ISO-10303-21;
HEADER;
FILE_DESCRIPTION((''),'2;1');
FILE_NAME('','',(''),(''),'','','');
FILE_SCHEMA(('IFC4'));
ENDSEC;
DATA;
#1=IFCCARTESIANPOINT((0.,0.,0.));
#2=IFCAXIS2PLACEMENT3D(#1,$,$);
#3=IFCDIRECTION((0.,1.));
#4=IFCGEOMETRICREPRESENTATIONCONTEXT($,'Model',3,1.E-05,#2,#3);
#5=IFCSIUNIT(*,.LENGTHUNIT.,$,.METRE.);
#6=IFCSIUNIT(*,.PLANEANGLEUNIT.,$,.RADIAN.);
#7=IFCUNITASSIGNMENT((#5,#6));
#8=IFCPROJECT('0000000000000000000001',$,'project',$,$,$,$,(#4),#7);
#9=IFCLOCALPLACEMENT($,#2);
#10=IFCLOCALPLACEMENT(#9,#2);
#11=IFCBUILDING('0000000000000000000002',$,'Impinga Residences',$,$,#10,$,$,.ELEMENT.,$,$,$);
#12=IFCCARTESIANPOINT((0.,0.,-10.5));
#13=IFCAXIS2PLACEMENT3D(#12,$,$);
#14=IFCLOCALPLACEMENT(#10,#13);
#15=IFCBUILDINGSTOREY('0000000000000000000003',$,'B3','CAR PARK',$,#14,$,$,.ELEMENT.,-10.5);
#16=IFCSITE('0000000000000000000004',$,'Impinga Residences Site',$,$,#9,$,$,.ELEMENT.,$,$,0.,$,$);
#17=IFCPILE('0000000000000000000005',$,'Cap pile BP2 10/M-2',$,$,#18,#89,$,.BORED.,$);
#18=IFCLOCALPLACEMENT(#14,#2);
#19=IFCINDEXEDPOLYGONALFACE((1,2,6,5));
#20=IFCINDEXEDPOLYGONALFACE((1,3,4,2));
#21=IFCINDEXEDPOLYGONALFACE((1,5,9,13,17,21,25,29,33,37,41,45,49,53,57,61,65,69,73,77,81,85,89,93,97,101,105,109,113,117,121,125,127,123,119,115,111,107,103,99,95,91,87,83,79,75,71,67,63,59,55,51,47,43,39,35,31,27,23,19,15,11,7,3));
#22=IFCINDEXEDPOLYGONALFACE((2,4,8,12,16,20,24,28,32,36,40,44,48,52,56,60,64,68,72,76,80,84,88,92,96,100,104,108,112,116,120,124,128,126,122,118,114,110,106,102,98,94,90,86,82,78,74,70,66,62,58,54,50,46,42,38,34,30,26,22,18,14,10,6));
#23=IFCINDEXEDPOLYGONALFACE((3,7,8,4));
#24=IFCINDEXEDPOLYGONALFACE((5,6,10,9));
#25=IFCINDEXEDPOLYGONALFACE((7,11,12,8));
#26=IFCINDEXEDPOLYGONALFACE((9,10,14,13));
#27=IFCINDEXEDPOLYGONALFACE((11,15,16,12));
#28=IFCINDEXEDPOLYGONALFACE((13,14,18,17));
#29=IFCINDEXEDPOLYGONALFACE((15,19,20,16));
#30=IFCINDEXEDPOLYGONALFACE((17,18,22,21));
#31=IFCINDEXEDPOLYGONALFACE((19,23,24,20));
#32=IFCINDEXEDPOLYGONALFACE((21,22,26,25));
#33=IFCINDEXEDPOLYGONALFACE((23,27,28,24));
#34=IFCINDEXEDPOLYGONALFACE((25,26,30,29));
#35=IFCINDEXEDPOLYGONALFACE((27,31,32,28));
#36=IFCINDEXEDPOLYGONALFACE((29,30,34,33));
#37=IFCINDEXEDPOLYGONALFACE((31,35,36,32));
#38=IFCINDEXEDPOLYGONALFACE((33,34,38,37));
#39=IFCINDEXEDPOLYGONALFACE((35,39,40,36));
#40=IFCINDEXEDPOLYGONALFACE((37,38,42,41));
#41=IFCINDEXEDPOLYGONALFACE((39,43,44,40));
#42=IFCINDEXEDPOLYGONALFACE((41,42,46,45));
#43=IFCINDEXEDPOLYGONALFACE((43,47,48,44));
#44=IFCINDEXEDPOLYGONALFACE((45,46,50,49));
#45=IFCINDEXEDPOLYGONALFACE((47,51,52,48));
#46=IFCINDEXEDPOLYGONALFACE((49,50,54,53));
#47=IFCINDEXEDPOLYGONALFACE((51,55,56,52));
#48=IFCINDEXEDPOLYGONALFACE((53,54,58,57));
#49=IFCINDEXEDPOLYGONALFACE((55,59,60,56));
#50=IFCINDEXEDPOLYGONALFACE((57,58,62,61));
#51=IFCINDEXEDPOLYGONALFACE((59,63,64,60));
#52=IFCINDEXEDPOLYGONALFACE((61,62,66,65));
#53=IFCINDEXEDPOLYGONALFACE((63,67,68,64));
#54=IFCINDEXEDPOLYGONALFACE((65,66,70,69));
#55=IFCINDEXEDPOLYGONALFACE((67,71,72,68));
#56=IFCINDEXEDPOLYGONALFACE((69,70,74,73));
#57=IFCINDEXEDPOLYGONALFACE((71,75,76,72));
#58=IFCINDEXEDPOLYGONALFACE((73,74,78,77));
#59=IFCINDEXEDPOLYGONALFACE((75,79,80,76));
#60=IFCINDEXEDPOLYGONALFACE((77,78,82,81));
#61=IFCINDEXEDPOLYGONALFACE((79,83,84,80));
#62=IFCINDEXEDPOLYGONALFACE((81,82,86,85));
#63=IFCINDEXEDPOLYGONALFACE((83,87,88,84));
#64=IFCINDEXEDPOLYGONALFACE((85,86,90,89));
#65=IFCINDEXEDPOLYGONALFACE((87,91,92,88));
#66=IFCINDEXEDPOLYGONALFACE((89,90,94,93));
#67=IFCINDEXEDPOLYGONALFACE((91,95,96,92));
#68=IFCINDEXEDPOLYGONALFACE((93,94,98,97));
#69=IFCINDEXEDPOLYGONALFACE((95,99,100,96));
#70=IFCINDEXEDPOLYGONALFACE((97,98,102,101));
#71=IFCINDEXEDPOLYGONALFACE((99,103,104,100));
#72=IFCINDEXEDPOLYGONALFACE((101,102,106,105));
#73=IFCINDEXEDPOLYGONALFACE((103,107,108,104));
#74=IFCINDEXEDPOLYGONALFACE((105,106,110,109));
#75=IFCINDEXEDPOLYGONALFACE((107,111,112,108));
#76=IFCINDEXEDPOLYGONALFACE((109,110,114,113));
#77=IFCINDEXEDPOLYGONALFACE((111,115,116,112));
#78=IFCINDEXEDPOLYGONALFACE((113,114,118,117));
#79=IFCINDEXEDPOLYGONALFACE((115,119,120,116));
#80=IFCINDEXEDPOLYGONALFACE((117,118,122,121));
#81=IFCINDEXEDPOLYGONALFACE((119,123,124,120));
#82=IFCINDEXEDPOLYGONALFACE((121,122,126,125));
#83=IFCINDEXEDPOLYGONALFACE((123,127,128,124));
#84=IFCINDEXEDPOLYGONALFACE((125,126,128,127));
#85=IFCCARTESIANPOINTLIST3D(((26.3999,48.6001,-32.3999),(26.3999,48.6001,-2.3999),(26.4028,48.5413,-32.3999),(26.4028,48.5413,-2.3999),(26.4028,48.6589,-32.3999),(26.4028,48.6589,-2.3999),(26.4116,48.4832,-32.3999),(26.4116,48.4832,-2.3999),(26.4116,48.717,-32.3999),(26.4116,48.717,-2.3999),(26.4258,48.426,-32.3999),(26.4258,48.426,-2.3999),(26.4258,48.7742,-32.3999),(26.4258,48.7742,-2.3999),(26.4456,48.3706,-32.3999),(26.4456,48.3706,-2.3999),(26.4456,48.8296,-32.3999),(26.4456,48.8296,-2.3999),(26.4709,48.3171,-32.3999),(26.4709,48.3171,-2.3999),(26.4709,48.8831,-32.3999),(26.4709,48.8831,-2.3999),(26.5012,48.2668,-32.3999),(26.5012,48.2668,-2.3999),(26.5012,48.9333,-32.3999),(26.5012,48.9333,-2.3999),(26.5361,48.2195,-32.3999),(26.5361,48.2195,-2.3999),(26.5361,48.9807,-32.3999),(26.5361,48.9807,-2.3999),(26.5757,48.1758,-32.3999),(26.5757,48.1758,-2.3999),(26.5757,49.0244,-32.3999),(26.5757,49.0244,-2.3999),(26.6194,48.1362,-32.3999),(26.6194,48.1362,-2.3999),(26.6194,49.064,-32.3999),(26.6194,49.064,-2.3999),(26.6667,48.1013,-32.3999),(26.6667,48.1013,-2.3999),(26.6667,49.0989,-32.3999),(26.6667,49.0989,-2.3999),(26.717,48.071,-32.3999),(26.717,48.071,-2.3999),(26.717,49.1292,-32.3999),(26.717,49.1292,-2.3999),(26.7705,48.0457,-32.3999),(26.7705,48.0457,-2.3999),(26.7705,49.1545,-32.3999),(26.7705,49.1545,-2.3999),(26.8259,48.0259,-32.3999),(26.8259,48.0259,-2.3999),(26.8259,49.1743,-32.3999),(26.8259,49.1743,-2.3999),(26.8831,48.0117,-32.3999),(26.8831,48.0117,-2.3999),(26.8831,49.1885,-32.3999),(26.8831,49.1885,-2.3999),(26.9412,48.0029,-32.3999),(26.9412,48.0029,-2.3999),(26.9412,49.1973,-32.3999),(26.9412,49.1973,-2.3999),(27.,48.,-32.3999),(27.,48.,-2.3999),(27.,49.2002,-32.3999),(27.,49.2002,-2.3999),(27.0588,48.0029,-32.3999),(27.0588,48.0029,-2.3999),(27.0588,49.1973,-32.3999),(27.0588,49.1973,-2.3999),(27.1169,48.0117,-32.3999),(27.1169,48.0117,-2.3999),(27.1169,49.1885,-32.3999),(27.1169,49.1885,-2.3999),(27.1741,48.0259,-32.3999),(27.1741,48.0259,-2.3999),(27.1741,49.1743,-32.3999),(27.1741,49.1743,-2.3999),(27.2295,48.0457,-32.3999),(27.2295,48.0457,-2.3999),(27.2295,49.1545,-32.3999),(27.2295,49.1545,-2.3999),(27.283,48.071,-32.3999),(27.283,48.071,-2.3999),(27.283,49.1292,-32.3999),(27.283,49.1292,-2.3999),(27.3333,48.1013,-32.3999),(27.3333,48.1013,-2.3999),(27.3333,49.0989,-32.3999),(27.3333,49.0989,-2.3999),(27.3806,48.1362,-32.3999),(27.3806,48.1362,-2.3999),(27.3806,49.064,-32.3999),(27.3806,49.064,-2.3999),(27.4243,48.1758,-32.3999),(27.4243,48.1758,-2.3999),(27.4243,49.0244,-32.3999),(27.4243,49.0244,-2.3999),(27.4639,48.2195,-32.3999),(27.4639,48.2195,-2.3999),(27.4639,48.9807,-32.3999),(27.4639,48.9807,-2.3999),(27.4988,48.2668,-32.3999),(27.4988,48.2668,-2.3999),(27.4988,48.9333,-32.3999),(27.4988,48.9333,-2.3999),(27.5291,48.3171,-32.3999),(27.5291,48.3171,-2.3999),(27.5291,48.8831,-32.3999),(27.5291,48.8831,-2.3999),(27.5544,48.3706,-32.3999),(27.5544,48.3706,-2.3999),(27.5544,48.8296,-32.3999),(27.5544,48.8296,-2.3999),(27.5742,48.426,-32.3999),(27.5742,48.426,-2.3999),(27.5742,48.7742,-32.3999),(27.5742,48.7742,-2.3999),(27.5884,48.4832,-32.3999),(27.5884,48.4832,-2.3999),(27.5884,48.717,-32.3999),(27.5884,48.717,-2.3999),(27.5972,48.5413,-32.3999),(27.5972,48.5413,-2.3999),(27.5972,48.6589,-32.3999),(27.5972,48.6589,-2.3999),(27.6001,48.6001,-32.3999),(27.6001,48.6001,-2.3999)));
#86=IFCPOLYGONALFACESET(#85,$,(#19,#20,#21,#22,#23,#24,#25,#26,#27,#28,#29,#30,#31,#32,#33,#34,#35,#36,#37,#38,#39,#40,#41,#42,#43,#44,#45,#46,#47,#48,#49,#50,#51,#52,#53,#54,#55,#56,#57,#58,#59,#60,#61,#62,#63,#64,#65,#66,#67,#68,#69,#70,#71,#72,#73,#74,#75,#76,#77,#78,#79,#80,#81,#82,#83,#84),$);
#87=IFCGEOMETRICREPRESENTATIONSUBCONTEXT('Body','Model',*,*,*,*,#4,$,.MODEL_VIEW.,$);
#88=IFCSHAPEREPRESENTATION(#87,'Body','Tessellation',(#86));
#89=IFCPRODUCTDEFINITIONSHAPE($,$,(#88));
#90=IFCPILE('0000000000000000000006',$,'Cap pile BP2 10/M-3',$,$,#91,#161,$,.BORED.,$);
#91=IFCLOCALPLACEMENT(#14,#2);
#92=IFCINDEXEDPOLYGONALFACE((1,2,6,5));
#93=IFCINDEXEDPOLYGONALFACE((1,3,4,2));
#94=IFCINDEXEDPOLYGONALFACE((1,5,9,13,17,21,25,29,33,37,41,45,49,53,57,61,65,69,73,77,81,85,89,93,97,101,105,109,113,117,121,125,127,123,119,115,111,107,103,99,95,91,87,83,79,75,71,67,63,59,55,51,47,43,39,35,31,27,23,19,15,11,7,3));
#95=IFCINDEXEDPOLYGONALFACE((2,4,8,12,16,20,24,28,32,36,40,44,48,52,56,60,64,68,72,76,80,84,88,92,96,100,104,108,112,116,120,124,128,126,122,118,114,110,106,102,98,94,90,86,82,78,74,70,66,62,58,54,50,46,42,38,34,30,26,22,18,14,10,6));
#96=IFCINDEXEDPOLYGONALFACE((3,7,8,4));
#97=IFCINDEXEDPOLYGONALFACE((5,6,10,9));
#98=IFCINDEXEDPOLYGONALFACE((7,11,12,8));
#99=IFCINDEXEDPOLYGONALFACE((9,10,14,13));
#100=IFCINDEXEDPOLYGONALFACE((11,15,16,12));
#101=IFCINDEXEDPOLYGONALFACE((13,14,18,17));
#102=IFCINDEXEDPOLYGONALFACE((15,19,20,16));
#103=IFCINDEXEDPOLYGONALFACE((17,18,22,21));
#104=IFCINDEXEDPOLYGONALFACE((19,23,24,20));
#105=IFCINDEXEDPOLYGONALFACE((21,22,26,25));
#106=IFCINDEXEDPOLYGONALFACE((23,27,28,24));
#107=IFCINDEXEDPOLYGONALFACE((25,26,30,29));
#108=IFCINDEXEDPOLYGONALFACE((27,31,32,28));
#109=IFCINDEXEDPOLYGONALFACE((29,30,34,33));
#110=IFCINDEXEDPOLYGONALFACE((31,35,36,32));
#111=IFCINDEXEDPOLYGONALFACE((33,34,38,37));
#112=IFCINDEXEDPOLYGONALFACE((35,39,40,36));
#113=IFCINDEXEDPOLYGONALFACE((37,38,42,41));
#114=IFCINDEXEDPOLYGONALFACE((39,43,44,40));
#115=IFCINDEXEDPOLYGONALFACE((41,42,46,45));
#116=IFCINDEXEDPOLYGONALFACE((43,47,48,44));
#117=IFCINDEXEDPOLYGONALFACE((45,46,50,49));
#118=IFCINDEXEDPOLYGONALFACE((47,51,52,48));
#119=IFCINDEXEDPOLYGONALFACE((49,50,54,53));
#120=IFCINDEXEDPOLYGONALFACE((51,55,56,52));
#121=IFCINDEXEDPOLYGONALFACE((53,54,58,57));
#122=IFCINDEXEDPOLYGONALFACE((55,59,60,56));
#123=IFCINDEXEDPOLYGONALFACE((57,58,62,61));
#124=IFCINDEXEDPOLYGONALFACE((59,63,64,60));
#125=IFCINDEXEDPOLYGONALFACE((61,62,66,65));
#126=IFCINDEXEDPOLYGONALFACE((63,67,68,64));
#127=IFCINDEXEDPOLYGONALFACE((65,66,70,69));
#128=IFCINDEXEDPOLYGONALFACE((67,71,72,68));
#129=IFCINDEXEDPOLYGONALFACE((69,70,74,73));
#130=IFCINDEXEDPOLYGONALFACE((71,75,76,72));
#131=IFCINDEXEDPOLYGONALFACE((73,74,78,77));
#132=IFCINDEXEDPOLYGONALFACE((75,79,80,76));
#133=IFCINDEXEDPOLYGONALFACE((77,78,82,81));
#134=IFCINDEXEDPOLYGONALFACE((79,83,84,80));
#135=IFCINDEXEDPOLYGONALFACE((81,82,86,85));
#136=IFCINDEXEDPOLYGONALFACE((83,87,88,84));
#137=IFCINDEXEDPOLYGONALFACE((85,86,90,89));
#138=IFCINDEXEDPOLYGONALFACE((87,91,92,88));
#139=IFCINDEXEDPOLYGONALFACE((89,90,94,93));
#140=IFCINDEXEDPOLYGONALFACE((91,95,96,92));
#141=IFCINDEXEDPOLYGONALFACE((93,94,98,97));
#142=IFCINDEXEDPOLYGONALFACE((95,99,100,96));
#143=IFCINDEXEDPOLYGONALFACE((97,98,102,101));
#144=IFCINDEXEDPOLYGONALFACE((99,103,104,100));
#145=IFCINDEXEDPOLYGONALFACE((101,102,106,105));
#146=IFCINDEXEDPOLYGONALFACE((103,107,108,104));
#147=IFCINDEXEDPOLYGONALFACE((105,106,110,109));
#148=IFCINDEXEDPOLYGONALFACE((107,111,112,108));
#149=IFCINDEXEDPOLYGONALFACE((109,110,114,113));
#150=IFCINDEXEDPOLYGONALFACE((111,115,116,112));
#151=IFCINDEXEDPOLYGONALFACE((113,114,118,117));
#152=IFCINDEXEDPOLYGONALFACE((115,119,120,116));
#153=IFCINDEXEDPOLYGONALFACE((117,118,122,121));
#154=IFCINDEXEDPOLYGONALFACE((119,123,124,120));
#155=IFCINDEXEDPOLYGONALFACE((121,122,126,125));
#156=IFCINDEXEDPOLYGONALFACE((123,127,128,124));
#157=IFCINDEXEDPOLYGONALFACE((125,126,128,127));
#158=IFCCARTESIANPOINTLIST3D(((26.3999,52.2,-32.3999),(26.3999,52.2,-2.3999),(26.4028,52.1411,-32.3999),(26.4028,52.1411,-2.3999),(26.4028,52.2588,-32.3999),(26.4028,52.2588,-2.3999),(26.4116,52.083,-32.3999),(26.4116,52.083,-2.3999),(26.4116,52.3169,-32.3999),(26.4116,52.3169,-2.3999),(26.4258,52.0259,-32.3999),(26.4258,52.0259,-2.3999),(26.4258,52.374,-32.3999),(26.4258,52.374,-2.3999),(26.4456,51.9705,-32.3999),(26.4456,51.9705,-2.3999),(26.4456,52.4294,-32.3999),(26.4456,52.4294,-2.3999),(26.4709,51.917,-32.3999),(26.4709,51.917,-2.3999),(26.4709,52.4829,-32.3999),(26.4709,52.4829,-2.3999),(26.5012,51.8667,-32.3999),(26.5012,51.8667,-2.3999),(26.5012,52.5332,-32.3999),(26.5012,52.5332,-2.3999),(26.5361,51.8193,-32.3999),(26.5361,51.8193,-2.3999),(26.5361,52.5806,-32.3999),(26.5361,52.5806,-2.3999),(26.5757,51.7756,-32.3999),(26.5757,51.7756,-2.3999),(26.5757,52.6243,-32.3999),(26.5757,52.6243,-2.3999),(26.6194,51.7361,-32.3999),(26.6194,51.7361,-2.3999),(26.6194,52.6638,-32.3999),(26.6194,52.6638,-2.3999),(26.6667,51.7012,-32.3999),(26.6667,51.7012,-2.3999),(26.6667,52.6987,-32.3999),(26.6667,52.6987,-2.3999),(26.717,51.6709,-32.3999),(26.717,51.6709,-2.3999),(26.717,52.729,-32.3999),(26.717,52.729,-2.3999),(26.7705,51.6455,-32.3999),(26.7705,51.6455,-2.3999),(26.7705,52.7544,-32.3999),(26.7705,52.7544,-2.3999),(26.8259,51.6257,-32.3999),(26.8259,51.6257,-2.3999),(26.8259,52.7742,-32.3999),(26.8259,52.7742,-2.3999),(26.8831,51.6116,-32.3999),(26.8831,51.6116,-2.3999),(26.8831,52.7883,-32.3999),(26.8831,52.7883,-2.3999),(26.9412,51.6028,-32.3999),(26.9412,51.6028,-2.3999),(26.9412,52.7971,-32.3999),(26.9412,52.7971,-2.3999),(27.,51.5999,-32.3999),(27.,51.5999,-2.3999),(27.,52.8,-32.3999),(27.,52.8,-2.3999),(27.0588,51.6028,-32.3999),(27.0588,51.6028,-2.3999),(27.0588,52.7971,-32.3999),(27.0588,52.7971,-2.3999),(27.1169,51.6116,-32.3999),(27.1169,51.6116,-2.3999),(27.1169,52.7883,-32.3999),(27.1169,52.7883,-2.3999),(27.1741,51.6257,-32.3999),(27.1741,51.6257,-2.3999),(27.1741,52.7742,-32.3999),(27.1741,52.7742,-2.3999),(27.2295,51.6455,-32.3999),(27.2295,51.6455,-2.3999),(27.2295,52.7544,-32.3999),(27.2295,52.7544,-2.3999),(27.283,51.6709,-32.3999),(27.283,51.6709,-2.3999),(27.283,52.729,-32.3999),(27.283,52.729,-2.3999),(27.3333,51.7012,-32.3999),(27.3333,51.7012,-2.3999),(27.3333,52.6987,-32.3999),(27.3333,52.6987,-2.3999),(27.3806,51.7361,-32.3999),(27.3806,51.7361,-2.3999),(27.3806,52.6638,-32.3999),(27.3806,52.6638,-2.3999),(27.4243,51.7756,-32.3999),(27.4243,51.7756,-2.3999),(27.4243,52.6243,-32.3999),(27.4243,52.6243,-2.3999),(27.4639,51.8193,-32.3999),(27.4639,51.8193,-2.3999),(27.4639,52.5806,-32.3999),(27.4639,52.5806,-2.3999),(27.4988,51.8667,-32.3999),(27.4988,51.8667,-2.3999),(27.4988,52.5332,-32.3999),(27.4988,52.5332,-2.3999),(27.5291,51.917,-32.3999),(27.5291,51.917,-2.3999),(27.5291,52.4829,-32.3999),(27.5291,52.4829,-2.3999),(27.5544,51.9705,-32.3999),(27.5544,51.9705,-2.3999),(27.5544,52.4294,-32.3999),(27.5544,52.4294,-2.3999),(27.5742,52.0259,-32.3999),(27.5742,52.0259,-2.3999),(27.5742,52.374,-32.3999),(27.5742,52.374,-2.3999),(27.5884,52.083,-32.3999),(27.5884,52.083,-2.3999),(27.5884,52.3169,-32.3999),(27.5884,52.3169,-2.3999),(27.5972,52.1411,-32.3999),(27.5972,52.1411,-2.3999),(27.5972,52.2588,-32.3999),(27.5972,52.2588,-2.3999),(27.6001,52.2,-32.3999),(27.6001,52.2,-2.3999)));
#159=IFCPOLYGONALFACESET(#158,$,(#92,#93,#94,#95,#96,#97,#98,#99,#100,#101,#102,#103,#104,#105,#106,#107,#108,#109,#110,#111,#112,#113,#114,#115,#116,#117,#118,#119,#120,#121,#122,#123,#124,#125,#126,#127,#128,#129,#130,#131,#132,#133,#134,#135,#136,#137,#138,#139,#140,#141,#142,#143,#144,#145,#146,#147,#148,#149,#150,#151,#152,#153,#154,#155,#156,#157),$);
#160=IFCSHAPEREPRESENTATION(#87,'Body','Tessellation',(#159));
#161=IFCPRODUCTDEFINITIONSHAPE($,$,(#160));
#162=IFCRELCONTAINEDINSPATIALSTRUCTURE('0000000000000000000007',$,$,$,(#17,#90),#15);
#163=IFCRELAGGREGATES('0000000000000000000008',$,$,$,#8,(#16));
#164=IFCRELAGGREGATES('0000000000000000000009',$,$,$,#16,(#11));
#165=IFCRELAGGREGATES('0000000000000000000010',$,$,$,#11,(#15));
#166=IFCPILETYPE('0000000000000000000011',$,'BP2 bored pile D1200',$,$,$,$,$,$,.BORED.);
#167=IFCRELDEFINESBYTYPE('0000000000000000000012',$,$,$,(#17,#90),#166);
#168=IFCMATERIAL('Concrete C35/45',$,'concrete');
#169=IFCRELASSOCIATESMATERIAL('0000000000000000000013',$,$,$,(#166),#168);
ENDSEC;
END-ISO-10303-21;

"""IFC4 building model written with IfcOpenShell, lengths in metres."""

from ifc_helpers import new_model, si_unit, direction, frame, origin, origin_2d, place, context, subcontext, project, spatial, polyline, circle, outline, extrude, material, material_profile, profile_set, type_object, element, save


model = new_model("IFC4")

# Units and contexts
model_context = context("Model", 3, precision=1e-05, world=origin(), true_north=direction((0.0, 1.0)))
body_context = subcontext(model_context, "Body", "Model", "MODEL_VIEW")
ifc_project = project(units=[si_unit("LENGTHUNIT", "METRE"), si_unit("PLANEANGLEUNIT", "RADIAN")], contexts=[model_context])

# Site, building, storey
site_placement = place(None, origin())
site = spatial("IfcSite", under=ifc_project, at=site_placement, Name="Impinga Residences Site", CompositionType="ELEMENT", RefElevation=0.0)
building_placement = place(site_placement, origin())
building = spatial("IfcBuilding", under=site, at=building_placement, Name="Impinga Residences", CompositionType="ELEMENT")
storey_placement = place(building_placement, frame((0.0, 0.0, -10.5)))
storey = spatial("IfcBuildingStorey", under=building, at=storey_placement, Name="B3", Description="CAR PARK", CompositionType="ELEMENT", Elevation=-10.5)

# Piles
ifc_material_1 = material(Name="Concrete C35/45", Category="concrete")
ifc_material_profile_1 = material_profile(ifc_material_1, circle(Radius=0.6001, at=origin_2d()), Name="D1200")
ifc_profile_set_1 = profile_set([ifc_material_profile_1], Name="Concrete C35/45")
pile_type = type_object("IfcPileType", Name="BP2 bored pile D1200", PredefinedType="BORED", material=ifc_profile_set_1)
pile_1_placement = place(storey_placement, frame((27.0, 48.6001, -2.3999), z_axis=(0.0, 0.0, -1.0), x_axis=(1.0, 0.0, 0.0)))
element("IfcPile", 1, at=pile_1_placement, inside=storey, type_object=pile_type, Name="Cap pile BP2 10/M-2", PredefinedType="BORED", context=body_context, shape_type="SweptSolid", body=[
    extrude(outline(polyline([(0.6001, 0.0), (0.5972, 0.0588), (0.5884, 0.1169), (0.5742, 0.1741), (0.5544, 0.2295), (0.5291, 0.283), (0.4988, 0.3333), (0.4639, 0.3806), (0.4243, 0.4243), (0.3806, 0.4639), (0.3333, 0.4988), (0.283, 0.5291), (0.2295, 0.5544), (0.1741, 0.5742), (0.1169, 0.5884), (0.0588, 0.5972), (0.0, 0.6001), (-0.0588, 0.5972), (-0.1169, 0.5884), (-0.1741, 0.5742), (-0.2295, 0.5544), (-0.283, 0.5291), (-0.3333, 0.4988), (-0.3806, 0.4639), (-0.4243, 0.4243), (-0.4639, 0.3806), (-0.4988, 0.3333), (-0.5291, 0.283), (-0.5544, 0.2295), (-0.5742, 0.1741), (-0.5884, 0.1169), (-0.5972, 0.0588), (-0.6001, 0.0), (-0.5972, -0.0588), (-0.5884, -0.1169), (-0.5742, -0.1741), (-0.5544, -0.2295), (-0.5291, -0.283), (-0.4988, -0.3333), (-0.4639, -0.3806), (-0.4243, -0.4243), (-0.3806, -0.4639), (-0.3333, -0.4988), (-0.283, -0.5291), (-0.2295, -0.5544), (-0.1741, -0.5742), (-0.1169, -0.5884), (-0.0588, -0.5972), (0.0, -0.6001), (0.0588, -0.5972), (0.1169, -0.5884), (0.1741, -0.5742), (0.2295, -0.5544), (0.283, -0.5291), (0.3333, -0.4988), (0.3806, -0.4639), (0.4243, -0.4243), (0.4639, -0.3806), (0.4988, -0.3333), (0.5291, -0.283), (0.5544, -0.2295), (0.5742, -0.1741), (0.5884, -0.1169), (0.5972, -0.0588), (0.6001, 0.0)])), origin(), (0.0, 0.0, 1.0), 30.0),
])
pile_2_placement = place(storey_placement, frame((27.0, 52.2, -2.3999), z_axis=(0.0, 0.0, -1.0), x_axis=(1.0, 0.0, 0.0)))
element("IfcPile", 2, at=pile_2_placement, inside=storey, type_object=pile_type, Name="Cap pile BP2 10/M-3", PredefinedType="BORED", context=body_context, shape_type="SweptSolid", body=[
    extrude(outline(polyline([(0.6001, 0.0), (0.5972, 0.0588), (0.5884, 0.1169), (0.5742, 0.1741), (0.5544, 0.2295), (0.5291, 0.283), (0.4988, 0.3333), (0.4639, 0.3806), (0.4243, 0.4243), (0.3806, 0.4639), (0.3333, 0.4988), (0.283, 0.5291), (0.2295, 0.5544), (0.1741, 0.5742), (0.1169, 0.5884), (0.0588, 0.5972), (0.0, 0.6001), (-0.0588, 0.5972), (-0.1169, 0.5884), (-0.1741, 0.5742), (-0.2295, 0.5544), (-0.283, 0.5291), (-0.3333, 0.4988), (-0.3806, 0.4639), (-0.4243, 0.4243), (-0.4639, 0.3806), (-0.4988, 0.3333), (-0.5291, 0.283), (-0.5544, 0.2295), (-0.5742, 0.1741), (-0.5884, 0.1169), (-0.5972, 0.0588), (-0.6001, 0.0), (-0.5972, -0.0588), (-0.5884, -0.1169), (-0.5742, -0.1741), (-0.5544, -0.2295), (-0.5291, -0.283), (-0.4988, -0.3333), (-0.4639, -0.3806), (-0.4243, -0.4243), (-0.3806, -0.4639), (-0.3333, -0.4988), (-0.283, -0.5291), (-0.2295, -0.5544), (-0.1741, -0.5742), (-0.1169, -0.5884), (-0.0588, -0.5972), (0.0, -0.6001), (0.0588, -0.5972), (0.1169, -0.5884), (0.1741, -0.5742), (0.2295, -0.5544), (0.283, -0.5291), (0.3333, -0.4988), (0.3806, -0.4639), (0.4243, -0.4243), (0.4639, -0.3806), (0.4988, -0.3333), (0.5291, -0.283), (0.5544, -0.2295), (0.5742, -0.1741), (0.5884, -0.1169), (0.5972, -0.0588), (0.6001, 0.0)])), origin(), (0.0, 0.0, 1.0), 30.0),
])

save(model, "model.ifc")
